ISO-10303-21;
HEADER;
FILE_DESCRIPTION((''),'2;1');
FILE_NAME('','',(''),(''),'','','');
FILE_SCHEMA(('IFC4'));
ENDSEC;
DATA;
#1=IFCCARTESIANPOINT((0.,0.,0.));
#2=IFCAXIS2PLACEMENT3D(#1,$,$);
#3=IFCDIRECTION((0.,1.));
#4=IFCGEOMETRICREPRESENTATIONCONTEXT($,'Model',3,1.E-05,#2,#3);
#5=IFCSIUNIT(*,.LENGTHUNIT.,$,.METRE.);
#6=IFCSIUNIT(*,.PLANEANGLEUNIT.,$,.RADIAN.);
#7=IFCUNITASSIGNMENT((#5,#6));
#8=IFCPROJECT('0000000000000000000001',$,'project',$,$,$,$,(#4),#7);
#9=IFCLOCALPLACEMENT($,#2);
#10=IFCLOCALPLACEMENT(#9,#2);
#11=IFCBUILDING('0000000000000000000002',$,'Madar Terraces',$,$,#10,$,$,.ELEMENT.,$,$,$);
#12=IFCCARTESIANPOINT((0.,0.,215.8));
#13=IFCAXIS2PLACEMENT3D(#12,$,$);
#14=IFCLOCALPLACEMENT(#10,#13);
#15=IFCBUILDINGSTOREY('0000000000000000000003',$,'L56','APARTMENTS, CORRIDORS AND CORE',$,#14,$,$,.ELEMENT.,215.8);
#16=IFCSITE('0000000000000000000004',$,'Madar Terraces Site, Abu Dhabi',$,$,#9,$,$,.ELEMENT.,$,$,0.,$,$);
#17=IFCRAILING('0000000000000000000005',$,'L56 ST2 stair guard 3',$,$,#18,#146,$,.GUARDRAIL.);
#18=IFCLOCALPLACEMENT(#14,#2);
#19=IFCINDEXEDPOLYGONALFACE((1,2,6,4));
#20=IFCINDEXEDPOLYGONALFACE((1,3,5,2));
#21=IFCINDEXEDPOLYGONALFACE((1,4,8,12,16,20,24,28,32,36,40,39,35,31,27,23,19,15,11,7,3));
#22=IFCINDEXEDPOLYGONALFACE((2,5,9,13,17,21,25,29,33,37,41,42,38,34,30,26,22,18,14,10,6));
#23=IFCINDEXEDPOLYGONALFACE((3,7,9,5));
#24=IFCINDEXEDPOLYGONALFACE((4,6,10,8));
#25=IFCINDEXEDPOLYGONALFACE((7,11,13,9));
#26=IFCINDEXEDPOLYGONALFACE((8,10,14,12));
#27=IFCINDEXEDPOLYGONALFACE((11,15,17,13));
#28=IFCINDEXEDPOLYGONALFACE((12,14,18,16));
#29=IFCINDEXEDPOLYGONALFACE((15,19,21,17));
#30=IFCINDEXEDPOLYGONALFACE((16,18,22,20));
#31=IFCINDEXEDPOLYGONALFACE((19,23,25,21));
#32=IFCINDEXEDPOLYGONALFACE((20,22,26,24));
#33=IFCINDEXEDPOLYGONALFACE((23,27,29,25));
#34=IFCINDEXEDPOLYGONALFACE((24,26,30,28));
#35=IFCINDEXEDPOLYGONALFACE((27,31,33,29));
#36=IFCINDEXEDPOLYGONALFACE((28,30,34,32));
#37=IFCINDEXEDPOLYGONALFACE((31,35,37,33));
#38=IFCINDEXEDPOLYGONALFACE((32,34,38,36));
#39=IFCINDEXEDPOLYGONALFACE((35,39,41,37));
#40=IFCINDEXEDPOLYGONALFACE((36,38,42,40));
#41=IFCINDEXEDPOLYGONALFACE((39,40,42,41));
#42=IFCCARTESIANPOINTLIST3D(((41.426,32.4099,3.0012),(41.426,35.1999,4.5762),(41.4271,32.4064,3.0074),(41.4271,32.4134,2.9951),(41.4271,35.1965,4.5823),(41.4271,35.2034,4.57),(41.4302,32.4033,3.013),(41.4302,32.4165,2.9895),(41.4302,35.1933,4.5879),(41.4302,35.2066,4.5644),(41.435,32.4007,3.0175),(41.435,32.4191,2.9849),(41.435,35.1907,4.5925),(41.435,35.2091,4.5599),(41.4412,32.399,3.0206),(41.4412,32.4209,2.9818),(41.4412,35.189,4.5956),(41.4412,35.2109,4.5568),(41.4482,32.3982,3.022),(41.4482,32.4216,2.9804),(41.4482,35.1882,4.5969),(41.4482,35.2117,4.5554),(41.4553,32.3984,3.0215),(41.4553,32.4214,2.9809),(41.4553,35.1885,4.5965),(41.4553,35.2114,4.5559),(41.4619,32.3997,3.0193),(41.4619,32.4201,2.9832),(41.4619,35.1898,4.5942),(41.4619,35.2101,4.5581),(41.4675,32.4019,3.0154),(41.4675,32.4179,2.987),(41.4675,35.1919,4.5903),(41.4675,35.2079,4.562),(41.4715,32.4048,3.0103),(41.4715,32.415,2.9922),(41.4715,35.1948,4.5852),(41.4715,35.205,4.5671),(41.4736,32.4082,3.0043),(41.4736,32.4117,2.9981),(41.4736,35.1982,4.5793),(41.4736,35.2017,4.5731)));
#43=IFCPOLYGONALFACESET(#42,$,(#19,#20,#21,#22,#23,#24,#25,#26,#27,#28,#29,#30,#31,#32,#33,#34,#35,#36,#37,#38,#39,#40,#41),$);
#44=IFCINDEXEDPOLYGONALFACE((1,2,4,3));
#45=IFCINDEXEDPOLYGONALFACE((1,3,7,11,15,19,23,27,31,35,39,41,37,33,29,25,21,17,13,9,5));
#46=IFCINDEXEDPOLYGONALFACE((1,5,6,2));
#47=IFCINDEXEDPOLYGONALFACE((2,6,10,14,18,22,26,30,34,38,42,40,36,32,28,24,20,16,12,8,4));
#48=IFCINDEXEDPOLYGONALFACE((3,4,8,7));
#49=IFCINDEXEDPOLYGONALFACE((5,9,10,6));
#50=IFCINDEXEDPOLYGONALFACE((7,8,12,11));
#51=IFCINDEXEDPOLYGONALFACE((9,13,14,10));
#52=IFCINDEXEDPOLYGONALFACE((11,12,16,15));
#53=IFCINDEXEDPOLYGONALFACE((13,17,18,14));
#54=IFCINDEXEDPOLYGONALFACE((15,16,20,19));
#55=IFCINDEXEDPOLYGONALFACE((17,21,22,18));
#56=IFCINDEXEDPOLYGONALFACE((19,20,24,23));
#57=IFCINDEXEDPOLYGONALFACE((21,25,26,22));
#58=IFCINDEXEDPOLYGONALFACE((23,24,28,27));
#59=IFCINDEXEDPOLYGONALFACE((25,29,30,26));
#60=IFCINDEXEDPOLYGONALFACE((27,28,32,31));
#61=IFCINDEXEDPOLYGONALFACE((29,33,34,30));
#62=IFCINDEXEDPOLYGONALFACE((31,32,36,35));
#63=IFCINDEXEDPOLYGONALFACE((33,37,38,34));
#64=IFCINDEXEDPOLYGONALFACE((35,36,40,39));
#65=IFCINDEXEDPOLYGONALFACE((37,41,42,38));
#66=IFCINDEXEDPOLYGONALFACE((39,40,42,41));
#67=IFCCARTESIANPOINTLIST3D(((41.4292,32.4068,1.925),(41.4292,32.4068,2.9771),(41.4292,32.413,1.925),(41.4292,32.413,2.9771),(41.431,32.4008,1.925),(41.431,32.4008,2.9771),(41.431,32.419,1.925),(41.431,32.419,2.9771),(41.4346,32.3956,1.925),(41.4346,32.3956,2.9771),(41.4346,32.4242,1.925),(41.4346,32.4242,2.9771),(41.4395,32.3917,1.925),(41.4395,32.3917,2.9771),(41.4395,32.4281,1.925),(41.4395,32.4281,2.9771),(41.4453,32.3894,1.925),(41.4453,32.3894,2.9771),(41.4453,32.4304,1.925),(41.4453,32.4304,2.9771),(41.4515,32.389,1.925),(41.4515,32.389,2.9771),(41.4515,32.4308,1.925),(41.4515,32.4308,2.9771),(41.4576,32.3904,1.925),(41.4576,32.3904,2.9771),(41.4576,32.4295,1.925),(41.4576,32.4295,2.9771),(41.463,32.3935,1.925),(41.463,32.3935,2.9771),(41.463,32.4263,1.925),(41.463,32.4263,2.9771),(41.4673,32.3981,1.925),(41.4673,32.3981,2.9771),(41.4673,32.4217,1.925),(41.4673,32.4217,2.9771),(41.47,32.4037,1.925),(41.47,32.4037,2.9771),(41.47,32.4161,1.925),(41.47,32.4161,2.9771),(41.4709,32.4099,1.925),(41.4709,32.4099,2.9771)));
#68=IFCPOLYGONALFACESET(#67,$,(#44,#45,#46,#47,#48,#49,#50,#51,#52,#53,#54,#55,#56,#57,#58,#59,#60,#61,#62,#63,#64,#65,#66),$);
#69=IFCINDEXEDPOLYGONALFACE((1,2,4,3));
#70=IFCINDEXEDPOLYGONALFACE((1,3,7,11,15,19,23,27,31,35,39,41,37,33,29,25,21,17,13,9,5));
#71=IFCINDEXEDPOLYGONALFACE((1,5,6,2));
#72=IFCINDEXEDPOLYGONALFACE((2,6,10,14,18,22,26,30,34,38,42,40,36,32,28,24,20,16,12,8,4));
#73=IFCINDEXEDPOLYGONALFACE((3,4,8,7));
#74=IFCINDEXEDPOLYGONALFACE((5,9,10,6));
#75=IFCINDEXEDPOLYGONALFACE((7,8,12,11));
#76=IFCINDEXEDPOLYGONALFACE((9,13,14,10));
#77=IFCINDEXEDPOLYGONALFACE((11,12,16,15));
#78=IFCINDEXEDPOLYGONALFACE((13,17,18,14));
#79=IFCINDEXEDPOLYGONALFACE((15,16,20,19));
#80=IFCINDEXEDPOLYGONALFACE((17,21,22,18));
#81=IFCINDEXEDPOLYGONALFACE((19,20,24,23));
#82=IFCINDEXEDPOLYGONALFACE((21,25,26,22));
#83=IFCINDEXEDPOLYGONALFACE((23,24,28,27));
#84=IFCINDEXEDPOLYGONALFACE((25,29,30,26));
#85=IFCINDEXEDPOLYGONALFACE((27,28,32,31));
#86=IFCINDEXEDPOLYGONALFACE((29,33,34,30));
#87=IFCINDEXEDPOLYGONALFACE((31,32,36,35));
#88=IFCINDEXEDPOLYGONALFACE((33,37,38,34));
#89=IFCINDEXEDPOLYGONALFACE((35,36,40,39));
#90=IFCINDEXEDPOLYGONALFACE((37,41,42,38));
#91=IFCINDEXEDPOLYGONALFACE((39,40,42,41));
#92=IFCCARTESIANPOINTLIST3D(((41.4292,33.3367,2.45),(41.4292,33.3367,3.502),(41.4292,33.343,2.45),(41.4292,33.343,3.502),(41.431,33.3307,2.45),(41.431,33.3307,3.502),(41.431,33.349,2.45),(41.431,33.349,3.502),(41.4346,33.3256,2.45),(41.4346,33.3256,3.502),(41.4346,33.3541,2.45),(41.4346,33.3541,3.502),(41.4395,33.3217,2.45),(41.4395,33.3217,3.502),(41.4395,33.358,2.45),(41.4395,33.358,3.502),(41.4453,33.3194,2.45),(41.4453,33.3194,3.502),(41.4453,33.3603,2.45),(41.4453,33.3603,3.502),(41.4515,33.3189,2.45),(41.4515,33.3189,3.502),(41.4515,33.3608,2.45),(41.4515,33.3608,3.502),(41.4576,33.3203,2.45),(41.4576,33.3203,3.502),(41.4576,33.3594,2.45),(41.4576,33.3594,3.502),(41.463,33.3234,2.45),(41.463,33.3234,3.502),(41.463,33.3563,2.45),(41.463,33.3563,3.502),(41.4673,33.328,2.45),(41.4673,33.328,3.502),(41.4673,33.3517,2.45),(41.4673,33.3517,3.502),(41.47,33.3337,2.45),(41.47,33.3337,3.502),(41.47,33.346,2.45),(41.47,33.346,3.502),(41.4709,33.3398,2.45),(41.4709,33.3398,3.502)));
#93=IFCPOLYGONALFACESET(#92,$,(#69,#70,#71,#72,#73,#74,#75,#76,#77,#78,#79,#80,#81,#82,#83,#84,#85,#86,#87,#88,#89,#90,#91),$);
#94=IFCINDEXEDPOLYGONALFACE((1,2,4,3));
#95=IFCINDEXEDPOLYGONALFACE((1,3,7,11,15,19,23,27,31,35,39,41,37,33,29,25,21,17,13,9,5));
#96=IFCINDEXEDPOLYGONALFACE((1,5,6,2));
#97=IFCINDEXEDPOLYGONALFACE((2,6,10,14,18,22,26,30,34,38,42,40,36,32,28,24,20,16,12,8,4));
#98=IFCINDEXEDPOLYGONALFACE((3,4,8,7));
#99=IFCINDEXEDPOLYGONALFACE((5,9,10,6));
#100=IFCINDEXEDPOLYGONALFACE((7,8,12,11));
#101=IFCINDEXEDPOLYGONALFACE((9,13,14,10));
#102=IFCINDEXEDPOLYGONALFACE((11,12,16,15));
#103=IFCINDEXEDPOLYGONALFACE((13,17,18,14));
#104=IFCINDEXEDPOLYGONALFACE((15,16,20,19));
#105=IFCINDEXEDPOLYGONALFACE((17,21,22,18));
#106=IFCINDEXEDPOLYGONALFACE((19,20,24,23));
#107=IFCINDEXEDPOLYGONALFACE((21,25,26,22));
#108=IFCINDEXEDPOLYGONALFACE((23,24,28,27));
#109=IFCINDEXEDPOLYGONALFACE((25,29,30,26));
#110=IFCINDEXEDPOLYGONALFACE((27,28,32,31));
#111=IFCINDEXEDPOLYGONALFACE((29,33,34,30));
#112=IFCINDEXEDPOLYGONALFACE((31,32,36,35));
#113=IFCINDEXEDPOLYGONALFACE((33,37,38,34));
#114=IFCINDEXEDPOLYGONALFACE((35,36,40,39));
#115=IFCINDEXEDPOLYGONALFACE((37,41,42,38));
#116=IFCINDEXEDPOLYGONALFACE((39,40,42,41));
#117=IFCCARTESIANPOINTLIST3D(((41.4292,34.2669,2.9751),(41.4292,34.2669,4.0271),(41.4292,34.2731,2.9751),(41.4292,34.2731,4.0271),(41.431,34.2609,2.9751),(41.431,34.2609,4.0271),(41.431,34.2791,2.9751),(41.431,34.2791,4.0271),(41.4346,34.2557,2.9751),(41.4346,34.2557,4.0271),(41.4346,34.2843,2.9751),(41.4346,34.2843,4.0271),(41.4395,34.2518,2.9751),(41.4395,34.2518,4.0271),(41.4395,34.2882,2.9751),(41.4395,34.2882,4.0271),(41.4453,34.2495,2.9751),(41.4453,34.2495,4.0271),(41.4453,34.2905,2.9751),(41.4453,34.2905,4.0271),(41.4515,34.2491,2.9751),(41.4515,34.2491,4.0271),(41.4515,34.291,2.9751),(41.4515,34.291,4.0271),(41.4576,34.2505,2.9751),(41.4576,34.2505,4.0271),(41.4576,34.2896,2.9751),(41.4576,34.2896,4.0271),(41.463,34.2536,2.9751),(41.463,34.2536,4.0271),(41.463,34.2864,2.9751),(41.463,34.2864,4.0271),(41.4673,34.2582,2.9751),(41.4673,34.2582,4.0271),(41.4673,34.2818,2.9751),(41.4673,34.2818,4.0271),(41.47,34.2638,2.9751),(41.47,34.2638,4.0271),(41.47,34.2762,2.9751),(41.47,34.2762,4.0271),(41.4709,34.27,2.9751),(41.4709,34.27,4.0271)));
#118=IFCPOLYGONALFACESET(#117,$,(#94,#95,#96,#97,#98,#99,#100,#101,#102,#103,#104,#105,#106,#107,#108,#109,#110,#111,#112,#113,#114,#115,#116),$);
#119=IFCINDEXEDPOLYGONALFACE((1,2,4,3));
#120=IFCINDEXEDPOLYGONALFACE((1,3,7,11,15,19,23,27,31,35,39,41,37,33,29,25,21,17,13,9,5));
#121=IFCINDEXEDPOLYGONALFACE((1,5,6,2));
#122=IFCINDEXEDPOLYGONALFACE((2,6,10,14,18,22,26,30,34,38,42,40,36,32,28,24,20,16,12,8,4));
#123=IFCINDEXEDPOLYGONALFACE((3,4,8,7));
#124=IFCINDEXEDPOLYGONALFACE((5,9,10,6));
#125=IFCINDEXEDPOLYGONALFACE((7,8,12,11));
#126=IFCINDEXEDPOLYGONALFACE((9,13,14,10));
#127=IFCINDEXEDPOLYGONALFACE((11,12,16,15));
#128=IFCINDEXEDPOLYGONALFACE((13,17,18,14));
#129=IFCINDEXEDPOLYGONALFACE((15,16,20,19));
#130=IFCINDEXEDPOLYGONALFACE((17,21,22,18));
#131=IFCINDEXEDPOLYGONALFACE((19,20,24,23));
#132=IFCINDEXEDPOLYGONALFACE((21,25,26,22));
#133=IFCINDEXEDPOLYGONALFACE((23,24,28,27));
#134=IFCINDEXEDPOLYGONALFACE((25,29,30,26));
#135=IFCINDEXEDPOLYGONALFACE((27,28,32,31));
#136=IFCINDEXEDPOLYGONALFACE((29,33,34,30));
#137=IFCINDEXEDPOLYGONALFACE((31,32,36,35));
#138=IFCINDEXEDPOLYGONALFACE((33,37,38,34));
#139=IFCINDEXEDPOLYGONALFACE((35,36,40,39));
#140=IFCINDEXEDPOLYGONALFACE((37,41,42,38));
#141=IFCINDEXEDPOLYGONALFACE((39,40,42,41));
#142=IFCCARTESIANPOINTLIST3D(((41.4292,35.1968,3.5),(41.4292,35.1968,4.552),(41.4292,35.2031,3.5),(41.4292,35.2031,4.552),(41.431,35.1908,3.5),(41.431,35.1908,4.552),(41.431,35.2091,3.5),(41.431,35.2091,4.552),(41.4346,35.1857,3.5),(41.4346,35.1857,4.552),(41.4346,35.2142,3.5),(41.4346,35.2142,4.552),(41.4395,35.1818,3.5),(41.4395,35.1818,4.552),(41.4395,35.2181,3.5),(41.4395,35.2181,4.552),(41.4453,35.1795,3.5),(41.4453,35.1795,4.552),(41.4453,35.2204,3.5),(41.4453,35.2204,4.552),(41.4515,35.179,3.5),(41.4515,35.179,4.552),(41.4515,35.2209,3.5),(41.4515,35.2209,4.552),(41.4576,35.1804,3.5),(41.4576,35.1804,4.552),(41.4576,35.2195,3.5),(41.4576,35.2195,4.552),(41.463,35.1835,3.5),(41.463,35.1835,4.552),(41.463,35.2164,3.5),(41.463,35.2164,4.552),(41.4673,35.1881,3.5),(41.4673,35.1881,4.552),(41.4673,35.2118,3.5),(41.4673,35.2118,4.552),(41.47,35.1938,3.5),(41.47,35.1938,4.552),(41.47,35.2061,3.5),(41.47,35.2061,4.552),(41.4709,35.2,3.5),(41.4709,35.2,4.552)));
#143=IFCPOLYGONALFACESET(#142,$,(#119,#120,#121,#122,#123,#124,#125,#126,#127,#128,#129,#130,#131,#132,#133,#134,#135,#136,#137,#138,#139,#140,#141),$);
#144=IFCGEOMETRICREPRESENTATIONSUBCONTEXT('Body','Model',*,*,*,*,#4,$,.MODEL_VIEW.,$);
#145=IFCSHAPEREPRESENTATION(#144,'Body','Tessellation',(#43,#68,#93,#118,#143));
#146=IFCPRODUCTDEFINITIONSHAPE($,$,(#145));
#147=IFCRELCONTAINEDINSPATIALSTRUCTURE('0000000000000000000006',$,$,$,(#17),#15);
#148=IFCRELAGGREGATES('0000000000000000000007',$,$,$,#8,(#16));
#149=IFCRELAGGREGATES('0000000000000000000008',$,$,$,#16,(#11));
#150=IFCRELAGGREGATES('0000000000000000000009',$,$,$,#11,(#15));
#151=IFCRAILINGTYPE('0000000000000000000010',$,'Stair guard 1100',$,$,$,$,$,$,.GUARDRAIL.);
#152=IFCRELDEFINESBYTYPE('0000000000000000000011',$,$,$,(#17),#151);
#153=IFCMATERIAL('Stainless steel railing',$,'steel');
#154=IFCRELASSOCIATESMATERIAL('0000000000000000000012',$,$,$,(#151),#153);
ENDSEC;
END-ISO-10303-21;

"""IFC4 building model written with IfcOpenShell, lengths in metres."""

from ifc_helpers import new_model, si_unit, direction, frame, origin, origin_2d, place, context, subcontext, project, spatial, circle, extrude, material, type_object, element, save


model = new_model("IFC4")

# Units and contexts
model_context = context("Model", 3, precision=1e-05, world=origin(), true_north=direction((0.0, 1.0)))
body_context = subcontext(model_context, "Body", "Model", "MODEL_VIEW")
ifc_project = project(units=[si_unit("LENGTHUNIT", "METRE"), si_unit("PLANEANGLEUNIT", "RADIAN")], contexts=[model_context])

# Site, building, storey
site_placement = place(None, origin())
site = spatial("IfcSite", under=ifc_project, at=site_placement, Name="Madar Terraces Site, Abu Dhabi", CompositionType="ELEMENT", RefElevation=0.0)
building_placement = place(site_placement, origin())
building = spatial("IfcBuilding", under=site, at=building_placement, Name="Madar Terraces", CompositionType="ELEMENT")
storey_placement = place(building_placement, frame((0.0, 0.0, 215.8)))
storey = spatial("IfcBuildingStorey", under=building, at=storey_placement, Name="L56", Description="APARTMENTS, CORRIDORS AND CORE", CompositionType="ELEMENT", Elevation=215.8)

# Railing
ifc_material_1 = material(Name="Stainless steel railing", Category="steel")
railing_type_1 = type_object("IfcRailingType", Name="Stair guard 1100", PredefinedType="GUARDRAIL", material=ifc_material_1)
railing_1_placement = place(storey_placement, frame((41.45, 32.4099, 1.925)))
element("IfcRailing", 1, at=railing_1_placement, inside=storey, type_object=railing_type_1, Name="L56 ST2 stair guard 3", PredefinedType="GUARDRAIL", context=body_context, shape_type="SweptSolid", body=[
    extrude(circle(Radius=0.0239, at=origin_2d()), frame((0.0, 0.0, 1.0762), z_axis=(0.0, 0.870834, 0.491578), x_axis=(-1.0, 0.0, 0.0)), (0.0, 0.0, 1.0), 3.2039),
    extrude(circle(Radius=0.021, at=origin_2d()), origin(), (0.0, 0.0, 1.0), 1.052),
    extrude(circle(Radius=0.021, at=origin_2d()), frame((0.0, 0.9299, 0.5249)), (0.0, 0.0, 1.0), 1.052),
    extrude(circle(Radius=0.021, at=origin_2d()), frame((0.0, 1.8601, 1.05)), (0.0, 0.0, 1.0), 1.052),
    extrude(circle(Radius=0.021, at=origin_2d()), frame((0.0, 2.79, 1.575)), (0.0, 0.0, 1.0), 1.052),
])

save(model, "model.ifc")
